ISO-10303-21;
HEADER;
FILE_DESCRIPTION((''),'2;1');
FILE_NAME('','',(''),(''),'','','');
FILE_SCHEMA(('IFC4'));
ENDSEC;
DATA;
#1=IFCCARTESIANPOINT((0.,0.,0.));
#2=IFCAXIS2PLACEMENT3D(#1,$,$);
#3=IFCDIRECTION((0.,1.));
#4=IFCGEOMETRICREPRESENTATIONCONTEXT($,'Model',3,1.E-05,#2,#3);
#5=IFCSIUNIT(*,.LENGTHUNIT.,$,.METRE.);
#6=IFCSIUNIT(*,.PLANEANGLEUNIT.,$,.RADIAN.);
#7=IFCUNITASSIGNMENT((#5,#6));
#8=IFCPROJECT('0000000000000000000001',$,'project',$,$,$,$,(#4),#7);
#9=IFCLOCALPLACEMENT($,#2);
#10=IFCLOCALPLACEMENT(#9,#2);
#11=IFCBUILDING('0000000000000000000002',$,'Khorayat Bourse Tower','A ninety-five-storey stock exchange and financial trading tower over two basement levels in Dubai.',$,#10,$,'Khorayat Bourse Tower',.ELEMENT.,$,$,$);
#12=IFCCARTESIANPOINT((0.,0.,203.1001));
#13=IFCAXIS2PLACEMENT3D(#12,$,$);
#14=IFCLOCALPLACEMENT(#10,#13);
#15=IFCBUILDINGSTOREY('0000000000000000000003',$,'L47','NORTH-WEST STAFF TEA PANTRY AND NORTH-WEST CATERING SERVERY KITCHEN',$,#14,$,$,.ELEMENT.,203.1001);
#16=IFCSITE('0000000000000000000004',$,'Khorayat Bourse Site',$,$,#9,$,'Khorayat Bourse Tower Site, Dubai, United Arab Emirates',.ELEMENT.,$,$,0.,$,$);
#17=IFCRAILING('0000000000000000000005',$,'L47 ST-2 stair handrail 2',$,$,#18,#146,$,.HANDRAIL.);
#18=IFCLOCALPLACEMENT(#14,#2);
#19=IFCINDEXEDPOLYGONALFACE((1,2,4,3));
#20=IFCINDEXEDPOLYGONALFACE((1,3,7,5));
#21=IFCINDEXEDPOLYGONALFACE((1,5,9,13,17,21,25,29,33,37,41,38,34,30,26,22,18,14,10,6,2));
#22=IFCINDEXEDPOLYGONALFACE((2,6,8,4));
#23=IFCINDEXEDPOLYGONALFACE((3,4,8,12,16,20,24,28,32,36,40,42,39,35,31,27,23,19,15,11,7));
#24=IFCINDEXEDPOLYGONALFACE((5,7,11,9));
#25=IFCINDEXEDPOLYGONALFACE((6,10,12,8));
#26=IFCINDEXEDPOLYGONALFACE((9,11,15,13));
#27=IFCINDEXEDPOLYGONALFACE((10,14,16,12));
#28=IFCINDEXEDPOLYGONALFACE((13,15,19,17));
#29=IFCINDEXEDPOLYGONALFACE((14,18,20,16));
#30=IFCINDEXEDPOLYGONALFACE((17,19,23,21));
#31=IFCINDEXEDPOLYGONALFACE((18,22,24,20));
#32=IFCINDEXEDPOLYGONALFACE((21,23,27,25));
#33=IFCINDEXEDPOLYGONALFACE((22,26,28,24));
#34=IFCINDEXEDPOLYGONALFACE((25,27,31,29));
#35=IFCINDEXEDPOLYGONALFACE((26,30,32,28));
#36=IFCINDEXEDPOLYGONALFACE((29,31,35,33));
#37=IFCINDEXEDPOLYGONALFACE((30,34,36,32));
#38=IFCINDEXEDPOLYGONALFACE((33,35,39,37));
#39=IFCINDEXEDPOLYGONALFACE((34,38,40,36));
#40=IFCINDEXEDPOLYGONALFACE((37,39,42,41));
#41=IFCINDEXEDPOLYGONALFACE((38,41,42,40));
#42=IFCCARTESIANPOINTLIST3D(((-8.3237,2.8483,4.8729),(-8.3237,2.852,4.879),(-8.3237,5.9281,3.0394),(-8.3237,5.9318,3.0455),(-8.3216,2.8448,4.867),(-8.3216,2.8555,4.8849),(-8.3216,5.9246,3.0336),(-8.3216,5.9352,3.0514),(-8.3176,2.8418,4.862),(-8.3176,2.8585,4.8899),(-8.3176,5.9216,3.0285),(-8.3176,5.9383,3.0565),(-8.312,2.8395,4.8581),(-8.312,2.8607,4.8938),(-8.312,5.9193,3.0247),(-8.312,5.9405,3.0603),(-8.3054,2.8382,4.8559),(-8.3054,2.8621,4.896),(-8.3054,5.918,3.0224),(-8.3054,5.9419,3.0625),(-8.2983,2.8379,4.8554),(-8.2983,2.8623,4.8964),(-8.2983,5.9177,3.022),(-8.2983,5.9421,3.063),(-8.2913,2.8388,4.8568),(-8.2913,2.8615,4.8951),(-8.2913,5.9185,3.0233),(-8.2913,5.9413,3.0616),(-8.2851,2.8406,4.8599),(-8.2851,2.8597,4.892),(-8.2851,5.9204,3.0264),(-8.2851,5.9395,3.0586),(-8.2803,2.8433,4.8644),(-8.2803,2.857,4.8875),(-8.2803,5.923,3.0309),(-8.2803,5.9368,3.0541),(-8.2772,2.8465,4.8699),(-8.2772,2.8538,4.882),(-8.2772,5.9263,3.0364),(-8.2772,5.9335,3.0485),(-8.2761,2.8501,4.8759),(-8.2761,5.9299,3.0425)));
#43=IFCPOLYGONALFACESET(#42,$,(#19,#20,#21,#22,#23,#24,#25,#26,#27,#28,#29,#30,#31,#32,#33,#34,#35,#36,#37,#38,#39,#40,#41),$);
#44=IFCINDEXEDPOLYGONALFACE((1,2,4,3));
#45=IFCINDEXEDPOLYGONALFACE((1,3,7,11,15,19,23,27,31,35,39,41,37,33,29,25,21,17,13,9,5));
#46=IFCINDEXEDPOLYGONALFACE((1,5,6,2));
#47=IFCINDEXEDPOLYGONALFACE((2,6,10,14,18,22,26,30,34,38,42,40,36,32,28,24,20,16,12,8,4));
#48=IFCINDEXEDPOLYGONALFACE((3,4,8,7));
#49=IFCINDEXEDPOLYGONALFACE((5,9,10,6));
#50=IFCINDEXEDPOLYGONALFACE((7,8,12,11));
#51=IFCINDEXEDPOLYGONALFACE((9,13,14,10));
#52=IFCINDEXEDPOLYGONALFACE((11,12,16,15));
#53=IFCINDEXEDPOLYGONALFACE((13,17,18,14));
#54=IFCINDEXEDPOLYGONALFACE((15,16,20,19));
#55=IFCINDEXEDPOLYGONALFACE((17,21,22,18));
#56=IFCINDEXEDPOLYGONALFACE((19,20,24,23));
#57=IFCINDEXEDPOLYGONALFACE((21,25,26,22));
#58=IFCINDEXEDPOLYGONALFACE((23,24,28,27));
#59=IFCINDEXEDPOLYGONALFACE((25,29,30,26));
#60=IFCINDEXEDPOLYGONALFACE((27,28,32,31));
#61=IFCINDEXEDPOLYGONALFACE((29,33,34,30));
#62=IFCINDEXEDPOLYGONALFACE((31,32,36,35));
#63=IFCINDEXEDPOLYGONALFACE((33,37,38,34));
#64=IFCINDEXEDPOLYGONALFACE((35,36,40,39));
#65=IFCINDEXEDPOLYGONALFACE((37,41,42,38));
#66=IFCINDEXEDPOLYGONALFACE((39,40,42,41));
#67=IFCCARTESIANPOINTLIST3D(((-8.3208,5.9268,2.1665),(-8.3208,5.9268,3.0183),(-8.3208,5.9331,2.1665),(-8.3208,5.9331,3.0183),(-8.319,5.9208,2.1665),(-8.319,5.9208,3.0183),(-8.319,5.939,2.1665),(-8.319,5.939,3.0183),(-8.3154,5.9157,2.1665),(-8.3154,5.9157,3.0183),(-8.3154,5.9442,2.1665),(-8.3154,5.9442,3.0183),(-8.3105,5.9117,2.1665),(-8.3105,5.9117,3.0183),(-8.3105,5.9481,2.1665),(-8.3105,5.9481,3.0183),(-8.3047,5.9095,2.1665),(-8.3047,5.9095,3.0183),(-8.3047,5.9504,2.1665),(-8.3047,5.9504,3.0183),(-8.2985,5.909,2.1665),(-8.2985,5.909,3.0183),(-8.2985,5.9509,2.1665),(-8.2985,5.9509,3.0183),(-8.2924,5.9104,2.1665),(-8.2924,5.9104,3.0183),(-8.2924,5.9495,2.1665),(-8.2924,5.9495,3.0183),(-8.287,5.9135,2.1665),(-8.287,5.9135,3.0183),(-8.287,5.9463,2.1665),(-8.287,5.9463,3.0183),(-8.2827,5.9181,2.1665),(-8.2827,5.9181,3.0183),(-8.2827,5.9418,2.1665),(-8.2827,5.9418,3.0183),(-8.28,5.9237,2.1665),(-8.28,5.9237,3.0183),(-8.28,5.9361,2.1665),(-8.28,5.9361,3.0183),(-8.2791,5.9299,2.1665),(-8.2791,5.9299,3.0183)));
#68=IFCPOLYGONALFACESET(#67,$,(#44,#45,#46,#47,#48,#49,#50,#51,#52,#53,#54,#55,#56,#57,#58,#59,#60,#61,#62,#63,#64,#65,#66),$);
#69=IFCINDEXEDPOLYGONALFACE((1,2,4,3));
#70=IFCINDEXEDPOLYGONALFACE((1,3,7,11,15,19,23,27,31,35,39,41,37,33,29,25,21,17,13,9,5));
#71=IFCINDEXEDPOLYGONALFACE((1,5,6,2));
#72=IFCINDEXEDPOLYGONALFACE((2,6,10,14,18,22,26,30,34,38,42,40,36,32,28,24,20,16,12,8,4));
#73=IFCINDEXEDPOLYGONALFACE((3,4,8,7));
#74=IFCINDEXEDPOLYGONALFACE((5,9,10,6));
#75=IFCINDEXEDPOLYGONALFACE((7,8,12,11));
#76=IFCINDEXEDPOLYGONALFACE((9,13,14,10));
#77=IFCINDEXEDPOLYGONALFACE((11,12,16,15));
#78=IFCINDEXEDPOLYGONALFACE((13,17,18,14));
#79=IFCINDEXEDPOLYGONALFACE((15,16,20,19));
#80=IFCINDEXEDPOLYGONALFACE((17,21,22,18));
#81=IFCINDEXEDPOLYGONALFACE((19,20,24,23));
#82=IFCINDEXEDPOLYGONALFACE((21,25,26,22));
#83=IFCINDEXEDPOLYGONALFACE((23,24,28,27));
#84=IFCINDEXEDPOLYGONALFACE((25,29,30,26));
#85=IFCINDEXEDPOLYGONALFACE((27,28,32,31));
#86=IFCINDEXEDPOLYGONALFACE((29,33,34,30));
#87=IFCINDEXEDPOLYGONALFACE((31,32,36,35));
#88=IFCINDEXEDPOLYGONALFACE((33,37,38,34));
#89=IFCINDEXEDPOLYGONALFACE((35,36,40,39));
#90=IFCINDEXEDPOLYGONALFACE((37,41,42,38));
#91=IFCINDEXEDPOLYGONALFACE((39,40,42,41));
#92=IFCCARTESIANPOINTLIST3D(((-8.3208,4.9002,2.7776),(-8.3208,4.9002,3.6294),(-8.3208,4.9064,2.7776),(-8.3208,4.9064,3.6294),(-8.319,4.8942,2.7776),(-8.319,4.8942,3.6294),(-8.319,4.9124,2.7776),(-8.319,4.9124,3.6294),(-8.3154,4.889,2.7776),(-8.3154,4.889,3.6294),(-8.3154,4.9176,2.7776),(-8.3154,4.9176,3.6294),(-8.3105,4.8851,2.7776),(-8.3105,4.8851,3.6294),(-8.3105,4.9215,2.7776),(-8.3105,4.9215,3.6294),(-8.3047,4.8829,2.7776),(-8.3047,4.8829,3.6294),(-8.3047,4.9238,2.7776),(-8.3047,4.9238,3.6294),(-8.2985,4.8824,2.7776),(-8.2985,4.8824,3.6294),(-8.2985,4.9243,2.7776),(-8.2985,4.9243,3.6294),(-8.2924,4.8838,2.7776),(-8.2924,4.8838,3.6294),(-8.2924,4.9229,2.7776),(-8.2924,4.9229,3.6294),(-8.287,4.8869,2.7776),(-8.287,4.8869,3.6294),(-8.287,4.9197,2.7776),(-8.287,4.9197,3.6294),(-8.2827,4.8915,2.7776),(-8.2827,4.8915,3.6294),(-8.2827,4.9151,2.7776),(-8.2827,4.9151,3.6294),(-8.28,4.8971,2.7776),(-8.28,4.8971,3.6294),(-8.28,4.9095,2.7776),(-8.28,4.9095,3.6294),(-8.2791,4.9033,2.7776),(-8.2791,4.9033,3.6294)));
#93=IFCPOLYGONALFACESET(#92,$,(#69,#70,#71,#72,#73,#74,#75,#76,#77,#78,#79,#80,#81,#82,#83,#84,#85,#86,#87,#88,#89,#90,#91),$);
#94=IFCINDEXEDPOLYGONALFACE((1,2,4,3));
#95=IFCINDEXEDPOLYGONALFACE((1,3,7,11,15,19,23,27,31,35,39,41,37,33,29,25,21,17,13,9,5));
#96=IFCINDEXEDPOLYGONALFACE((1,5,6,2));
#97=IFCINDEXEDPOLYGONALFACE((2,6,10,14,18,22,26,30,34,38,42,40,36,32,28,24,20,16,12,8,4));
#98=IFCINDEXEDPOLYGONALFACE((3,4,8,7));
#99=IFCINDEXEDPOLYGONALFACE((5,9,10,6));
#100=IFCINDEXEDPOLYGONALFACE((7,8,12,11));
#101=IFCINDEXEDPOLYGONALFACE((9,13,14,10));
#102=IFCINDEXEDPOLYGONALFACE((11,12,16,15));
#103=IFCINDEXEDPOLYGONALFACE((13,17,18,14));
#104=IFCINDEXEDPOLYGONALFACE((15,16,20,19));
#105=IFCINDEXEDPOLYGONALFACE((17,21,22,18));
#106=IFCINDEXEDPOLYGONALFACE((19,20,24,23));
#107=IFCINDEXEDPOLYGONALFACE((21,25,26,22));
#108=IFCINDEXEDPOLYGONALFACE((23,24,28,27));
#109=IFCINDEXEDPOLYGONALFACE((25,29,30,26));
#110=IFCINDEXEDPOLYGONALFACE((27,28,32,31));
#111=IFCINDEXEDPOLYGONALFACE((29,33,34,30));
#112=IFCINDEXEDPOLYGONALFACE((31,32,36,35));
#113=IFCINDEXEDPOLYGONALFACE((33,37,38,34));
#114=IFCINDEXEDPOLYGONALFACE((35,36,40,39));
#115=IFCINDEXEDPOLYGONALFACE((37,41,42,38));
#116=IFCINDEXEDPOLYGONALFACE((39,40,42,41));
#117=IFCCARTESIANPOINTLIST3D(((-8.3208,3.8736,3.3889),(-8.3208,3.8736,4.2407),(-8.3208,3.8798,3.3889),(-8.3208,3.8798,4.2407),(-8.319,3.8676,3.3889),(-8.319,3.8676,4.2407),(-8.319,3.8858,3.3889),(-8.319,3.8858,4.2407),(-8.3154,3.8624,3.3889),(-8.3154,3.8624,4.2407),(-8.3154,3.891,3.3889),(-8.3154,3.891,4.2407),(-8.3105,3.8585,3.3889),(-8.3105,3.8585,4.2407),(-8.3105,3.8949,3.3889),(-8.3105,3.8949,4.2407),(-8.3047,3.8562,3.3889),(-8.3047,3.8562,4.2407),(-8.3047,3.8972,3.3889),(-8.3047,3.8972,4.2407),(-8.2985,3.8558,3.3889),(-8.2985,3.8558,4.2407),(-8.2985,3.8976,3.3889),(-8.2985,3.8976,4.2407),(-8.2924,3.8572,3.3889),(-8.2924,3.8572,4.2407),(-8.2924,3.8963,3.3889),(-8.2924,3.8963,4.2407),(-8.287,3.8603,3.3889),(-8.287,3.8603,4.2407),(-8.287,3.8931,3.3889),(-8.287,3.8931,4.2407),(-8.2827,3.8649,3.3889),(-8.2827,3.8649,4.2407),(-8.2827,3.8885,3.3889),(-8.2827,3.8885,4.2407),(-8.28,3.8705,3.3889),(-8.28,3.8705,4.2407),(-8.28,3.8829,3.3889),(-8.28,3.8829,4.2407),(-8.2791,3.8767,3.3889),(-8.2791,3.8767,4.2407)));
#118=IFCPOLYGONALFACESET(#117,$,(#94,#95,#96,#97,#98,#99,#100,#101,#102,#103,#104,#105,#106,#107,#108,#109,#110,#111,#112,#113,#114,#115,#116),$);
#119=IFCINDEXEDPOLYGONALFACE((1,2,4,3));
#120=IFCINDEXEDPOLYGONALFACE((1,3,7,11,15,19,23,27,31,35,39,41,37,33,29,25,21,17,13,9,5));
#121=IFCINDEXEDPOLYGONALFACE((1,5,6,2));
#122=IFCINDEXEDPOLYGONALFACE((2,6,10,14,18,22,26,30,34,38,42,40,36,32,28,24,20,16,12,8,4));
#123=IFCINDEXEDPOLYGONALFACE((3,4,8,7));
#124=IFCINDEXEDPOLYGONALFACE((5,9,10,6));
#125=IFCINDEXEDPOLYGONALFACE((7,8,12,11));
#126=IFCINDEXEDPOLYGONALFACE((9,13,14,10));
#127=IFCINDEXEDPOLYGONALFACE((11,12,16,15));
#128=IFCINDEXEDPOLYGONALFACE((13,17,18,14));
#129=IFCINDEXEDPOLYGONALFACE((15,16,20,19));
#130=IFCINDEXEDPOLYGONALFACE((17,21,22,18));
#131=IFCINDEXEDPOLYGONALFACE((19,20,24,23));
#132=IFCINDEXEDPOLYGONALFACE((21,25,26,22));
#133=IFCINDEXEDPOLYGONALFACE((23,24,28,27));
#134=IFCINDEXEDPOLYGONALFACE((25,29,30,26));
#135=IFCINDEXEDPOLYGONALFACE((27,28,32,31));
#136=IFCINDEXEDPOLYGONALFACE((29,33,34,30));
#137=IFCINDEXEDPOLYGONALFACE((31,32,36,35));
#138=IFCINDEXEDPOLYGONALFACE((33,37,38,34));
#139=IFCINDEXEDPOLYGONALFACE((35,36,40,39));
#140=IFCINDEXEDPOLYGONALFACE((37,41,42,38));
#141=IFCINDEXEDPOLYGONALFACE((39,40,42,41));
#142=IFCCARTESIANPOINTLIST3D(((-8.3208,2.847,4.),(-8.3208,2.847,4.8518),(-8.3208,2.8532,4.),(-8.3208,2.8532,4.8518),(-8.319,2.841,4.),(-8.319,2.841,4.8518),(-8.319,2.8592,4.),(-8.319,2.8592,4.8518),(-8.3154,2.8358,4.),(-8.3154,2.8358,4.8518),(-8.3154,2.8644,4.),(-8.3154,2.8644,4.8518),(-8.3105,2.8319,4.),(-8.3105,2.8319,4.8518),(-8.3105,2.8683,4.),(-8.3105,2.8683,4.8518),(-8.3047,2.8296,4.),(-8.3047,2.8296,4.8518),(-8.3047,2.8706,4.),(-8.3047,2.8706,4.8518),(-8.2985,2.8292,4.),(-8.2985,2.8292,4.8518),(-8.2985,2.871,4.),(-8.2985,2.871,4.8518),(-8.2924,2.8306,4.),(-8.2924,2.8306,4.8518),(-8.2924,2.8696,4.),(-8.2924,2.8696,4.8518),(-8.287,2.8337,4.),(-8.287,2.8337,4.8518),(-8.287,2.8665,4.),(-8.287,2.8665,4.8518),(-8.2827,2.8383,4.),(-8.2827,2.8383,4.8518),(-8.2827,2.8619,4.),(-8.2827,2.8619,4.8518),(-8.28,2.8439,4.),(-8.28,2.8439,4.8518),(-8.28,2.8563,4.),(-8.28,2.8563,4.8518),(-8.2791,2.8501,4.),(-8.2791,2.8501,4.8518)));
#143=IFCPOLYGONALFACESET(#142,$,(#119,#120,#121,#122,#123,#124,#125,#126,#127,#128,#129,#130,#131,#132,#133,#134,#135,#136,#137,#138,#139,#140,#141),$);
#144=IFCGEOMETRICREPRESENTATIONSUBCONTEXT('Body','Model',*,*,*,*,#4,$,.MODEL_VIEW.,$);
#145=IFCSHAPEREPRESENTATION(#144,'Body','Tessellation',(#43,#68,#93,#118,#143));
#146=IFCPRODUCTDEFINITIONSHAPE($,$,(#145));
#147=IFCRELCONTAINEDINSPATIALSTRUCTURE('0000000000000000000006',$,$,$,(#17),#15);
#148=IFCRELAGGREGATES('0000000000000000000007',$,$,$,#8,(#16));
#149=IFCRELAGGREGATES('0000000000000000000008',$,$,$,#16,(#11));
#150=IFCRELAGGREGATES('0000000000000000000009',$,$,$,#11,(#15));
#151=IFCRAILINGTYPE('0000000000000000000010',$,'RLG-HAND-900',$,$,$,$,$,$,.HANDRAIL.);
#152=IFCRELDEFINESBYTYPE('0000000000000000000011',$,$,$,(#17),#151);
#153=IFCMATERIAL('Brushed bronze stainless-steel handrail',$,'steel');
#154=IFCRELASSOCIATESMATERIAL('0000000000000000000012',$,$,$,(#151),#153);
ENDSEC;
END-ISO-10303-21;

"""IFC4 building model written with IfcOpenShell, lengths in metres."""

from ifc_helpers import new_model, si_unit, direction, frame, origin, origin_2d, place, context, subcontext, project, spatial, circle, extrude, source, transform, mapped, material, type_object, element, save


model = new_model("IFC4")

# Units and contexts
model_context = context("Model", 3, precision=1e-05, world=origin(), true_north=direction((0.0, 1.0)))
body_context = subcontext(model_context, "Body", "Model", "MODEL_VIEW")
ifc_project = project(units=[si_unit("LENGTHUNIT", "METRE"), si_unit("PLANEANGLEUNIT", "RADIAN")], contexts=[model_context])

# Site, building, storey
site_placement = place(None, origin())
site = spatial("IfcSite", under=ifc_project, at=site_placement, Name="Khorayat Bourse Site", LongName="Khorayat Bourse Tower Site, Dubai, United Arab Emirates", CompositionType="ELEMENT", RefElevation=0.0)
building_placement = place(site_placement, origin())
building = spatial("IfcBuilding", under=site, at=building_placement, Name="Khorayat Bourse Tower", Description="A ninety-five-storey stock exchange and financial trading tower over two basement levels in Dubai.", LongName="Khorayat Bourse Tower", CompositionType="ELEMENT")
storey_placement = place(building_placement, frame((0.0, 0.0, 203.1001)))
storey = spatial("IfcBuildingStorey", under=building, at=storey_placement, Name="L47", Description="NORTH-WEST STAFF TEA PANTRY AND NORTH-WEST CATERING SERVERY KITCHEN", CompositionType="ELEMENT", Elevation=203.1001)

# Railing
ifc_material_1 = material(Name="Brushed bronze stainless-steel handrail", Category="steel")
railing_type_1 = type_object("IfcRailingType", Name="RLG-HAND-900", PredefinedType="HANDRAIL", material=ifc_material_1)
shared_shape_1 = source(origin(), body_context, "Body", "SweptSolid", [
    extrude(circle(Radius=0.0239, at=origin_2d()), frame((0.0, 0.0, 0.876), z_axis=(0.0, -0.859261, 0.511538), x_axis=(1.0, 0.0, 0.0)), (0.0, 0.0, 1.0), 3.5842),
    extrude(circle(Radius=0.021, at=origin_2d()), origin(), (0.0, 0.0, 1.0), 0.8518),
    extrude(circle(Radius=0.021, at=origin_2d()), frame((0.0, -1.0266, 0.6111)), (0.0, 0.0, 1.0), 0.8518),
    extrude(circle(Radius=0.021, at=origin_2d()), frame((0.0, -2.0532, 1.2224)), (0.0, 0.0, 1.0), 0.8518),
    extrude(circle(Radius=0.021, at=origin_2d()), frame((0.0, -3.0798, 1.8335)), (0.0, 0.0, 1.0), 0.8518),
])
railing_1_placement = place(storey_placement, frame((-8.3, 5.9299, 2.1665)))
element("IfcRailing", 1, at=railing_1_placement, inside=storey, type_object=railing_type_1, Name="L47 ST-2 stair handrail 2", PredefinedType="HANDRAIL", context=body_context, shape_type="MappedRepresentation", body=[
    mapped(shared_shape_1, transform((0.0, 0.0, 0.0), scale=1.0)),
])

save(model, "model.ifc")
